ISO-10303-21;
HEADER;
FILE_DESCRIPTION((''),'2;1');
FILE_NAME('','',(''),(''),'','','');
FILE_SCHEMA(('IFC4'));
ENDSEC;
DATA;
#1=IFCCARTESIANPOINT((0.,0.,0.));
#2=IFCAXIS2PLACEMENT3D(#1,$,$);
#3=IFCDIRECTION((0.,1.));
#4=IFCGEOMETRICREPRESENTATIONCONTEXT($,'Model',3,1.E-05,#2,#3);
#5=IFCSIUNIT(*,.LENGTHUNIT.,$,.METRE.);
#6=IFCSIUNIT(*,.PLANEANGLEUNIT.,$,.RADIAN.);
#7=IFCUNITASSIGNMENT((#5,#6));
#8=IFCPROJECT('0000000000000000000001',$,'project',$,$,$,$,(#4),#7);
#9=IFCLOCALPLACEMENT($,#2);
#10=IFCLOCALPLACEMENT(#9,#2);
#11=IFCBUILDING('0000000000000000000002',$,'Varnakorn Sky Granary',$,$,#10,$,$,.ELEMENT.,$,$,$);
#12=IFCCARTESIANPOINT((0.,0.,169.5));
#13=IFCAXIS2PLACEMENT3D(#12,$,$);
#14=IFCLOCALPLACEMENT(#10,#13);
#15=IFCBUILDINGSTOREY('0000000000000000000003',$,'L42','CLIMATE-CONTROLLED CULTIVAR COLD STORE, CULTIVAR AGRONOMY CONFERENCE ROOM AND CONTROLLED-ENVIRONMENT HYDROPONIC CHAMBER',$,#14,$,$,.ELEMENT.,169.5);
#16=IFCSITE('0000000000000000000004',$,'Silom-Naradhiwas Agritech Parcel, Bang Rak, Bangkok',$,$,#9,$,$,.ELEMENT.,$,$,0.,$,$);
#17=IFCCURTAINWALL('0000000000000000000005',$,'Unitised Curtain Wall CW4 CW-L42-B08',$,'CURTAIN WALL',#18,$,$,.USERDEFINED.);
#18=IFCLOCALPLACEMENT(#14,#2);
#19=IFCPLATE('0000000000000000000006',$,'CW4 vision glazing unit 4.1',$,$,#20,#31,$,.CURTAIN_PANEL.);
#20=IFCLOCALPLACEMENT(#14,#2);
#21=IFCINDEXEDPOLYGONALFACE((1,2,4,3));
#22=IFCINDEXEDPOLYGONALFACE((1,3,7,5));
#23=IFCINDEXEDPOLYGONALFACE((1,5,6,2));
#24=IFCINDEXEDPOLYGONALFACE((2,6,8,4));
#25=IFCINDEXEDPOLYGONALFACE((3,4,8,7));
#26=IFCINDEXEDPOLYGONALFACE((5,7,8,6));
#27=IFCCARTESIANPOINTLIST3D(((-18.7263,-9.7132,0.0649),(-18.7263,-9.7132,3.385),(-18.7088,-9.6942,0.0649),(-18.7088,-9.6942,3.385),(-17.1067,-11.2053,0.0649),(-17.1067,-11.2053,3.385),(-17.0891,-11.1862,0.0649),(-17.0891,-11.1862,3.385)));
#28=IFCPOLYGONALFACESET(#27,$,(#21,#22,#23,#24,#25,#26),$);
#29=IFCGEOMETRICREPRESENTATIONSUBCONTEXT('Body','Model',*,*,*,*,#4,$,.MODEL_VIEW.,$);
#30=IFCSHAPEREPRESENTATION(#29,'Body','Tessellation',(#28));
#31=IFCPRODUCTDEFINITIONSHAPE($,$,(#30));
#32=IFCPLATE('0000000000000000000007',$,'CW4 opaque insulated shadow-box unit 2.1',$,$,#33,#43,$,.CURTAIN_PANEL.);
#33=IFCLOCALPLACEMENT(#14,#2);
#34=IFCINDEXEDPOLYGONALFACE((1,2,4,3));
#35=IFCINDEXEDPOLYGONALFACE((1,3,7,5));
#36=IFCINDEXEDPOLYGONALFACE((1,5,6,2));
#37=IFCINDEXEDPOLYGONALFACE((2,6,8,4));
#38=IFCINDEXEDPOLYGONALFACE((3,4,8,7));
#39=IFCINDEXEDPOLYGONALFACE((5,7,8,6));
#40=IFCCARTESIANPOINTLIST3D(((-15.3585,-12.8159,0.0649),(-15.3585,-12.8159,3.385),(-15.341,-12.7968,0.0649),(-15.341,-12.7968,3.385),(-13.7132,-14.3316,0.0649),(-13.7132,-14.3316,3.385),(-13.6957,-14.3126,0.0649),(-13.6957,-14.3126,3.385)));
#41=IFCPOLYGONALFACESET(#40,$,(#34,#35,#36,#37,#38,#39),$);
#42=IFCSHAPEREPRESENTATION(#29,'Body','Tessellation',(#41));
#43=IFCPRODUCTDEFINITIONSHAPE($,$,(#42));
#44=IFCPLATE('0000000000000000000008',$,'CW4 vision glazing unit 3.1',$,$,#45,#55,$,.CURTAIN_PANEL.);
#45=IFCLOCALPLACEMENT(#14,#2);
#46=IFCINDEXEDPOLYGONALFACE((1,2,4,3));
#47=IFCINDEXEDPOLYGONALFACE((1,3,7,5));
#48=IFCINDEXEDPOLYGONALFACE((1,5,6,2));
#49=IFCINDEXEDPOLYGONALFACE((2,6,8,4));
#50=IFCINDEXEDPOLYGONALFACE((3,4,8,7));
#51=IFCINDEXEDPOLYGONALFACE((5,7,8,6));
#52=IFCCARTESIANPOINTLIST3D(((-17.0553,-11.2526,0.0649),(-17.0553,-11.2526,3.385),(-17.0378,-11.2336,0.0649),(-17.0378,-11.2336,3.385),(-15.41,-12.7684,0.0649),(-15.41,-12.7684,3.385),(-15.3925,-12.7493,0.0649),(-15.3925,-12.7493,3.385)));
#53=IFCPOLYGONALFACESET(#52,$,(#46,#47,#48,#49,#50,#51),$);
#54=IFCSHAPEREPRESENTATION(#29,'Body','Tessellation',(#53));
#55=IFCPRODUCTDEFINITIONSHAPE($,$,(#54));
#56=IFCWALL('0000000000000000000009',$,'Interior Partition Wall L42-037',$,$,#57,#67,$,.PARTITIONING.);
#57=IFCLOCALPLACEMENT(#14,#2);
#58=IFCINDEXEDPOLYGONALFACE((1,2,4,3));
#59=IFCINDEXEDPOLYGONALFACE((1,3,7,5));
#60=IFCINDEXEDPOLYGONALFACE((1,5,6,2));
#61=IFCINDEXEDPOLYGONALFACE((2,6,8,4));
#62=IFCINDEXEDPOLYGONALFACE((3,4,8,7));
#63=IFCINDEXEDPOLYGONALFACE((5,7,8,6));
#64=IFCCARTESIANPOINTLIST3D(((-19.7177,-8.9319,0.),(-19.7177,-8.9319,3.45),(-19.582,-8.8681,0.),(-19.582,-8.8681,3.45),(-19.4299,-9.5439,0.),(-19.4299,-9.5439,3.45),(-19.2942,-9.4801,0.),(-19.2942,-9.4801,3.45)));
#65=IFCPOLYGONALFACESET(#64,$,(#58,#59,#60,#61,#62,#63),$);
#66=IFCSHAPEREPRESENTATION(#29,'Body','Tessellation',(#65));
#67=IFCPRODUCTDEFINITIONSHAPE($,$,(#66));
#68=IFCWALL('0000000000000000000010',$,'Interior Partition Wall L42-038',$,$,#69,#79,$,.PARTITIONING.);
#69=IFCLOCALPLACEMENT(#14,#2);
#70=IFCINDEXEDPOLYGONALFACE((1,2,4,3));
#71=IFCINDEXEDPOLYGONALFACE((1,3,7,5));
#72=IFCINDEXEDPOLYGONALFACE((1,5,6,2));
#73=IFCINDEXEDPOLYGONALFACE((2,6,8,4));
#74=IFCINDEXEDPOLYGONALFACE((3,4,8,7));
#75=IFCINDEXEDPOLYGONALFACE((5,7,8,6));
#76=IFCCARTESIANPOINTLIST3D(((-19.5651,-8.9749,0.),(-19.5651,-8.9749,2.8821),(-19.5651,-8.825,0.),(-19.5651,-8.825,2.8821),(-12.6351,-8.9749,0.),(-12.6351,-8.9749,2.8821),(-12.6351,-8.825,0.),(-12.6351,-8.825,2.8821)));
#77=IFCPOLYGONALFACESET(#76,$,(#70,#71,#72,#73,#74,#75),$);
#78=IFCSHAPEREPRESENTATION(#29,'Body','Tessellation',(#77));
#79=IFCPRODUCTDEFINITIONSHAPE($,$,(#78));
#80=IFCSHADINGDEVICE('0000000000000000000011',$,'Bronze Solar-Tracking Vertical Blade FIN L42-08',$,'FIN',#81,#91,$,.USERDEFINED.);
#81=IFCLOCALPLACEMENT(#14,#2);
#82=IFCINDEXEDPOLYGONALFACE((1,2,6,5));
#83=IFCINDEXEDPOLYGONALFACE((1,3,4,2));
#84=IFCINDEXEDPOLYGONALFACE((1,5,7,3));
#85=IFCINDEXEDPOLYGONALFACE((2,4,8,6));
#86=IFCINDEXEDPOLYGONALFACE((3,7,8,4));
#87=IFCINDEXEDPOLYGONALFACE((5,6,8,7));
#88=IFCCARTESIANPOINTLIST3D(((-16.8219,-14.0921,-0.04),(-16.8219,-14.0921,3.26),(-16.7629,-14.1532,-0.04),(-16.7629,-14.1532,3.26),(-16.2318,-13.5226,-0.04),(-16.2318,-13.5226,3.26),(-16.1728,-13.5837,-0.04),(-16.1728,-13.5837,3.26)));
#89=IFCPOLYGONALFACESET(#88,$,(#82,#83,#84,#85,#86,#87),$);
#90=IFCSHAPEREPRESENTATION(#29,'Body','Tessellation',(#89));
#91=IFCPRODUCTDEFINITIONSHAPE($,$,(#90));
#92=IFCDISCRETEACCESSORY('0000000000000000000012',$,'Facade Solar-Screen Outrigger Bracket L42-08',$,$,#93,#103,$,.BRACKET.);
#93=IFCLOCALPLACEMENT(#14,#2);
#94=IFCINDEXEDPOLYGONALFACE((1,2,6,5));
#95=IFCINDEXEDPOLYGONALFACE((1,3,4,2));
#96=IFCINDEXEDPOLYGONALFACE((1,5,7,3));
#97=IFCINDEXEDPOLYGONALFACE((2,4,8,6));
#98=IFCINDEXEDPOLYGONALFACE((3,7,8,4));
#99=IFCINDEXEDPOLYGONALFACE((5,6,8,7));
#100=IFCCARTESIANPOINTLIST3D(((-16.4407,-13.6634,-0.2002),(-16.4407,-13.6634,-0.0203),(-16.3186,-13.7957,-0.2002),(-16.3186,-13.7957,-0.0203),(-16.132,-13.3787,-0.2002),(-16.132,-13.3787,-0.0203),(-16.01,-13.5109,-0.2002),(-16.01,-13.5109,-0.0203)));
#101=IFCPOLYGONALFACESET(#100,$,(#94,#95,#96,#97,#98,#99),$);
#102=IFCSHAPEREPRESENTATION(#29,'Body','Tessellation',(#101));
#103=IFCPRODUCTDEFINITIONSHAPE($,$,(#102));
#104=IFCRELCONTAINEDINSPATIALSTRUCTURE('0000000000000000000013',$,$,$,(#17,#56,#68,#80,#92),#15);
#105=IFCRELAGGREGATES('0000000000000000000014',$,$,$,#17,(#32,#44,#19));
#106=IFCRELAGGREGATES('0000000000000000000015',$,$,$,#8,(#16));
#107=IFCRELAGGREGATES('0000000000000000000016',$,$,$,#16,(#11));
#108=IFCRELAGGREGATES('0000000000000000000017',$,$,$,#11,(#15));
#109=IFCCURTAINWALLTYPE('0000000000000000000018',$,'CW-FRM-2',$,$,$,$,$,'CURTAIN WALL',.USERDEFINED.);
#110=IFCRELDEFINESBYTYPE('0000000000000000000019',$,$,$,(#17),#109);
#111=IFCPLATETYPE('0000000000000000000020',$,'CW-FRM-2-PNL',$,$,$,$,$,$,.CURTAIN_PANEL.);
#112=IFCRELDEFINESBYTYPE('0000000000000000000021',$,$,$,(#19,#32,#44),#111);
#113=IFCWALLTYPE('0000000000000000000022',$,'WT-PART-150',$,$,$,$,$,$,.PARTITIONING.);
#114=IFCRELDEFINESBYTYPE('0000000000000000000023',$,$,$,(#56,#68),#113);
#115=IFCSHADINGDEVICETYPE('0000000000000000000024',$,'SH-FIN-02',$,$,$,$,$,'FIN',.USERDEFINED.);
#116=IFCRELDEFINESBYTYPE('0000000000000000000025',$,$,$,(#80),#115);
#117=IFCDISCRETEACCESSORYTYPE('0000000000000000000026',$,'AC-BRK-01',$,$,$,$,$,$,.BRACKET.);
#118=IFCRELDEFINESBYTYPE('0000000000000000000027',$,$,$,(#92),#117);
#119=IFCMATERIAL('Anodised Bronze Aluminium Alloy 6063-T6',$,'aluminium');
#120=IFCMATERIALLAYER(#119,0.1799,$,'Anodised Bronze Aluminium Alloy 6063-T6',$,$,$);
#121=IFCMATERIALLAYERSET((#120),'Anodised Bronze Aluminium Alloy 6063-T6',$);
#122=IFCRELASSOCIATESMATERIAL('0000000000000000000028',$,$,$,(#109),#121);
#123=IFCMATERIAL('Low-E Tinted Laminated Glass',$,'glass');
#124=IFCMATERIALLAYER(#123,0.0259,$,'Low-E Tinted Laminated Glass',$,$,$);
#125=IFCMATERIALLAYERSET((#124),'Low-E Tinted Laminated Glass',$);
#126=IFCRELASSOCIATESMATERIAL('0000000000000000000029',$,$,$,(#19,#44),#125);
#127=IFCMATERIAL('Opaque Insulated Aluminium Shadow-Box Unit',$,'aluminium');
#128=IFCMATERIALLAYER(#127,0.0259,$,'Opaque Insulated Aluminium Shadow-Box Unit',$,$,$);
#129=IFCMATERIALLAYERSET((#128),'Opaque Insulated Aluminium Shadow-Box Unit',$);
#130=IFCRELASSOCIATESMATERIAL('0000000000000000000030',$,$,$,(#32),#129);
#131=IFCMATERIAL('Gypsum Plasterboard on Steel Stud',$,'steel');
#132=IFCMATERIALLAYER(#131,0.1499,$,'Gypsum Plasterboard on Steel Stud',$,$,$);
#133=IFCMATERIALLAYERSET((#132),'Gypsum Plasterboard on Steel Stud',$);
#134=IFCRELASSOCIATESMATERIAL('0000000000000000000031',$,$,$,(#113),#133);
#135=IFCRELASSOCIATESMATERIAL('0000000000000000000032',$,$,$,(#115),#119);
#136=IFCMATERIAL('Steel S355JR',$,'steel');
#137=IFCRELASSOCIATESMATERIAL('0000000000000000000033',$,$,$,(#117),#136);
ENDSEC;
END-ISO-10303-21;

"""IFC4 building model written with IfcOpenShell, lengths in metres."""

from ifc_helpers import new_model, si_unit, direction, frame, frame_2d, origin, origin_2d, place, context, subcontext, project, spatial, rectangle, extrude, source, transform, mapped, material, layer, layer_set, type_object, type_shapes, element, aggregate, save


model = new_model("IFC4")

# Units and contexts
model_context = context("Model", 3, precision=1e-05, world=origin(), true_north=direction((0.0, 1.0)))
body_context = subcontext(model_context, "Body", "Model", "MODEL_VIEW")
ifc_project = project(units=[si_unit("LENGTHUNIT", "METRE"), si_unit("PLANEANGLEUNIT", "RADIAN")], contexts=[model_context])

# Site, building, storey
site_placement = place(None, origin())
site = spatial("IfcSite", under=ifc_project, at=site_placement, Name="Silom-Naradhiwas Agritech Parcel, Bang Rak, Bangkok", CompositionType="ELEMENT", RefElevation=0.0)
building_placement = place(site_placement, origin())
building = spatial("IfcBuilding", under=site, at=building_placement, Name="Varnakorn Sky Granary", CompositionType="ELEMENT")
storey_placement = place(building_placement, frame((0.0, 0.0, 169.5)))
storey = spatial("IfcBuildingStorey", under=building, at=storey_placement, Name="L42", Description="CLIMATE-CONTROLLED CULTIVAR COLD STORE, CULTIVAR AGRONOMY CONFERENCE ROOM AND CONTROLLED-ENVIRONMENT HYDROPONIC CHAMBER", CompositionType="ELEMENT", Elevation=169.5)

# Shared definitions
ifc_material_1 = material(Name="Steel S355JR", Category="steel")

# Curtain wall
ifc_material_2 = material(Name="Anodised Bronze Aluminium Alloy 6063-T6", Category="aluminium")
ifc_layer_1 = layer(ifc_material_2, 0.1799, Name="Anodised Bronze Aluminium Alloy 6063-T6")
ifc_layer_set_1 = layer_set([ifc_layer_1], Name="Anodised Bronze Aluminium Alloy 6063-T6")
curtain_wall_type = type_object("IfcCurtainWallType", Name="CW-FRM-2", ElementType="CURTAIN WALL", PredefinedType="USERDEFINED", material=ifc_layer_set_1)
curtain_wall_1_placement = place(storey_placement, origin())
curtain_wall_1 = element("IfcCurtainWall", 1, at=curtain_wall_1_placement, inside=storey, type_object=curtain_wall_type, Name="Unitised Curtain Wall CW4 CW-L42-B08", ObjectType="CURTAIN WALL", PredefinedType="USERDEFINED")

# Plates
ifc_material_3 = material(Name="Low-E Tinted Laminated Glass", Category="glass")
ifc_layer_2 = layer(ifc_material_3, 0.0259, Name="Low-E Tinted Laminated Glass")
ifc_layer_set_2 = layer_set([ifc_layer_2], Name="Low-E Tinted Laminated Glass")
plate_type_1 = type_object("IfcPlateType", Name="CW-FRM-2-PNL", PredefinedType="CURTAIN_PANEL")
ifc_material_4 = material(Name="Opaque Insulated Aluminium Shadow-Box Unit", Category="aluminium")
ifc_layer_3 = layer(ifc_material_4, 0.0259, Name="Opaque Insulated Aluminium Shadow-Box Unit")
ifc_layer_set_3 = layer_set([ifc_layer_3], Name="Opaque Insulated Aluminium Shadow-Box Unit")
shared_shape_1 = source(origin(), body_context, "Body", "SweptSolid", [
    extrude(rectangle(XDim=2.2021, YDim=0.0259, at=origin_2d()), origin(), (0.0, 0.0, 1.0), 3.3201),
])
plate_1_placement = place(storey_placement, frame((-17.9077, -10.4497, 0.0649), z_axis=(0.0, 0.0, 1.0), x_axis=(-0.735479, 0.677548, 0.0)))
plate_1 = element("IfcPlate", 2, at=plate_1_placement, type_object=plate_type_1, material=ifc_layer_set_2, Name="CW4 vision glazing unit 4.1", PredefinedType="CURTAIN_PANEL", context=body_context, shape_type="MappedRepresentation", body=[
    mapped(shared_shape_1, transform((0.0, 0.0, 0.0), x_axis=(1.0, 0.0, 0.0), y_axis=(0.0, 1.0, 0.0), z_axis=(0.0, 0.0, 1.0), scale=1.0)),
])
shared_shape_2 = source(origin(), body_context, "Body", "SweptSolid", [
    extrude(rectangle(XDim=2.2371, YDim=0.0259, at=origin_2d()), origin(), (0.0, 0.0, 1.0), 3.3201),
])
plate_2_placement = place(storey_placement, frame((-14.5271, -13.5642, 0.0649), z_axis=(0.0, 0.0, 1.0), x_axis=(-0.735479, 0.677548, 0.0)))
plate_2 = element("IfcPlate", 3, at=plate_2_placement, type_object=plate_type_1, material=ifc_layer_set_3, Name="CW4 opaque insulated shadow-box unit 2.1", PredefinedType="CURTAIN_PANEL", context=body_context, shape_type="MappedRepresentation", body=[
    mapped(shared_shape_2, transform((0.0, 0.0, 0.0), x_axis=(1.0, 0.0, 0.0), y_axis=(0.0, 1.0, 0.0), z_axis=(0.0, 0.0, 1.0), scale=1.0)),
])
plate_3_placement = place(storey_placement, frame((-16.2239, -12.001, 0.0649), z_axis=(0.0, 0.0, 1.0), x_axis=(-0.735479, 0.677548, 0.0)))
plate_3 = element("IfcPlate", 4, at=plate_3_placement, type_object=plate_type_1, material=ifc_layer_set_2, Name="CW4 vision glazing unit 3.1", PredefinedType="CURTAIN_PANEL", context=body_context, shape_type="MappedRepresentation", body=[
    mapped(shared_shape_2, transform((0.0, 0.0, 0.0), x_axis=(1.0, 0.0, 0.0), y_axis=(0.0, 1.0, 0.0), z_axis=(0.0, 0.0, 1.0), scale=1.0)),
])
aggregate(curtain_wall_1, [plate_2, plate_3, plate_1])

# Walls
ifc_material_5 = material(Name="Gypsum Plasterboard on Steel Stud", Category="steel")
ifc_layer_4 = layer(ifc_material_5, 0.1499, Name="Gypsum Plasterboard on Steel Stud")
ifc_layer_set_4 = layer_set([ifc_layer_4], Name="Gypsum Plasterboard on Steel Stud")
wall_type = type_object("IfcWallType", Name="WT-PART-150", PredefinedType="PARTITIONING", material=ifc_layer_set_4)
wall_1_placement = place(storey_placement, frame((-19.3621, -9.512, 0.0), z_axis=(0.0, 0.0, 1.0), x_axis=(-0.425571, 0.904925, 0.0)))
element("IfcWall", 5, at=wall_1_placement, inside=storey, type_object=wall_type, Name="Interior Partition Wall L42-037", PredefinedType="PARTITIONING", context=body_context, shape_type="SweptSolid", body=[
    extrude(rectangle(XDim=0.6763, YDim=0.1499, at=frame_2d((0.3381, 0.0))), origin(), (0.0, 0.0, 1.0), 3.45),
])
wall_2_placement = place(storey_placement, frame((-19.5649, -8.8999, 0.0), z_axis=(0.0, 0.0, 1.0), x_axis=(1.0, 0.0, 0.0)))
element("IfcWall", 6, at=wall_2_placement, inside=storey, type_object=wall_type, Name="Interior Partition Wall L42-038", PredefinedType="PARTITIONING", context=body_context, shape_type="SweptSolid", body=[
    extrude(rectangle(XDim=6.9299, YDim=0.1499, at=frame_2d((3.4648, 0.0))), origin(), (0.0, 0.0, 1.0), 2.8821),
])

# Shading device
shading_device_type = type_object("IfcShadingDeviceType", Name="SH-FIN-02", ElementType="FIN", PredefinedType="USERDEFINED", material=ifc_material_2)
shared_shape_3 = source(origin(), body_context, "Body", "SweptSolid", [
    extrude(rectangle(XDim=0.085, YDim=0.8201, at=origin_2d()), origin(), (0.0, 0.0, 1.0), 3.3),
])
type_shapes(shading_device_type, [shared_shape_3])
shading_device_placement = place(storey_placement, frame((-16.4973, -13.8379, -0.04), z_axis=(0.0, 0.0, 1.0), x_axis=(0.694435, -0.719555, 0.0)))
element("IfcShadingDevice", 7, at=shading_device_placement, inside=storey, type_object=shading_device_type, Name="Bronze Solar-Tracking Vertical Blade FIN L42-08", ObjectType="FIN", PredefinedType="USERDEFINED", context=body_context, shape_type="MappedRepresentation", body=[
    mapped(shared_shape_3, transform((0.0, 0.0, 0.0), x_axis=(1.0, 0.0, 0.0), y_axis=(0.0, 1.0, 0.0), z_axis=(0.0, 0.0, 1.0), scale=1.0)),
])

# Discrete accessory
discrete_accessory_type = type_object("IfcDiscreteAccessoryType", Name="AC-BRK-01", PredefinedType="BRACKET", material=ifc_material_1)
shared_shape_4 = source(origin(), body_context, "Body", "SweptSolid", [
    extrude(rectangle(XDim=0.1799, YDim=0.4199, at=origin_2d()), origin(), (0.0, 0.0, 1.0), 0.1799),
])
type_shapes(discrete_accessory_type, [shared_shape_4])
discrete_accessory_placement = place(storey_placement, frame((-16.2253, -13.5872, -0.2002), z_axis=(0.0, 0.0, 1.0), x_axis=(0.678132, -0.73494, 0.0)))
element("IfcDiscreteAccessory", 8, at=discrete_accessory_placement, inside=storey, type_object=discrete_accessory_type, Name="Facade Solar-Screen Outrigger Bracket L42-08", PredefinedType="BRACKET", context=body_context, shape_type="MappedRepresentation", body=[
    mapped(shared_shape_4, transform((0.0, 0.0, 0.0), x_axis=(1.0, 0.0, 0.0), y_axis=(0.0, 1.0, 0.0), z_axis=(0.0, 0.0, 1.0), scale=1.0)),
])

save(model, "model.ifc")
